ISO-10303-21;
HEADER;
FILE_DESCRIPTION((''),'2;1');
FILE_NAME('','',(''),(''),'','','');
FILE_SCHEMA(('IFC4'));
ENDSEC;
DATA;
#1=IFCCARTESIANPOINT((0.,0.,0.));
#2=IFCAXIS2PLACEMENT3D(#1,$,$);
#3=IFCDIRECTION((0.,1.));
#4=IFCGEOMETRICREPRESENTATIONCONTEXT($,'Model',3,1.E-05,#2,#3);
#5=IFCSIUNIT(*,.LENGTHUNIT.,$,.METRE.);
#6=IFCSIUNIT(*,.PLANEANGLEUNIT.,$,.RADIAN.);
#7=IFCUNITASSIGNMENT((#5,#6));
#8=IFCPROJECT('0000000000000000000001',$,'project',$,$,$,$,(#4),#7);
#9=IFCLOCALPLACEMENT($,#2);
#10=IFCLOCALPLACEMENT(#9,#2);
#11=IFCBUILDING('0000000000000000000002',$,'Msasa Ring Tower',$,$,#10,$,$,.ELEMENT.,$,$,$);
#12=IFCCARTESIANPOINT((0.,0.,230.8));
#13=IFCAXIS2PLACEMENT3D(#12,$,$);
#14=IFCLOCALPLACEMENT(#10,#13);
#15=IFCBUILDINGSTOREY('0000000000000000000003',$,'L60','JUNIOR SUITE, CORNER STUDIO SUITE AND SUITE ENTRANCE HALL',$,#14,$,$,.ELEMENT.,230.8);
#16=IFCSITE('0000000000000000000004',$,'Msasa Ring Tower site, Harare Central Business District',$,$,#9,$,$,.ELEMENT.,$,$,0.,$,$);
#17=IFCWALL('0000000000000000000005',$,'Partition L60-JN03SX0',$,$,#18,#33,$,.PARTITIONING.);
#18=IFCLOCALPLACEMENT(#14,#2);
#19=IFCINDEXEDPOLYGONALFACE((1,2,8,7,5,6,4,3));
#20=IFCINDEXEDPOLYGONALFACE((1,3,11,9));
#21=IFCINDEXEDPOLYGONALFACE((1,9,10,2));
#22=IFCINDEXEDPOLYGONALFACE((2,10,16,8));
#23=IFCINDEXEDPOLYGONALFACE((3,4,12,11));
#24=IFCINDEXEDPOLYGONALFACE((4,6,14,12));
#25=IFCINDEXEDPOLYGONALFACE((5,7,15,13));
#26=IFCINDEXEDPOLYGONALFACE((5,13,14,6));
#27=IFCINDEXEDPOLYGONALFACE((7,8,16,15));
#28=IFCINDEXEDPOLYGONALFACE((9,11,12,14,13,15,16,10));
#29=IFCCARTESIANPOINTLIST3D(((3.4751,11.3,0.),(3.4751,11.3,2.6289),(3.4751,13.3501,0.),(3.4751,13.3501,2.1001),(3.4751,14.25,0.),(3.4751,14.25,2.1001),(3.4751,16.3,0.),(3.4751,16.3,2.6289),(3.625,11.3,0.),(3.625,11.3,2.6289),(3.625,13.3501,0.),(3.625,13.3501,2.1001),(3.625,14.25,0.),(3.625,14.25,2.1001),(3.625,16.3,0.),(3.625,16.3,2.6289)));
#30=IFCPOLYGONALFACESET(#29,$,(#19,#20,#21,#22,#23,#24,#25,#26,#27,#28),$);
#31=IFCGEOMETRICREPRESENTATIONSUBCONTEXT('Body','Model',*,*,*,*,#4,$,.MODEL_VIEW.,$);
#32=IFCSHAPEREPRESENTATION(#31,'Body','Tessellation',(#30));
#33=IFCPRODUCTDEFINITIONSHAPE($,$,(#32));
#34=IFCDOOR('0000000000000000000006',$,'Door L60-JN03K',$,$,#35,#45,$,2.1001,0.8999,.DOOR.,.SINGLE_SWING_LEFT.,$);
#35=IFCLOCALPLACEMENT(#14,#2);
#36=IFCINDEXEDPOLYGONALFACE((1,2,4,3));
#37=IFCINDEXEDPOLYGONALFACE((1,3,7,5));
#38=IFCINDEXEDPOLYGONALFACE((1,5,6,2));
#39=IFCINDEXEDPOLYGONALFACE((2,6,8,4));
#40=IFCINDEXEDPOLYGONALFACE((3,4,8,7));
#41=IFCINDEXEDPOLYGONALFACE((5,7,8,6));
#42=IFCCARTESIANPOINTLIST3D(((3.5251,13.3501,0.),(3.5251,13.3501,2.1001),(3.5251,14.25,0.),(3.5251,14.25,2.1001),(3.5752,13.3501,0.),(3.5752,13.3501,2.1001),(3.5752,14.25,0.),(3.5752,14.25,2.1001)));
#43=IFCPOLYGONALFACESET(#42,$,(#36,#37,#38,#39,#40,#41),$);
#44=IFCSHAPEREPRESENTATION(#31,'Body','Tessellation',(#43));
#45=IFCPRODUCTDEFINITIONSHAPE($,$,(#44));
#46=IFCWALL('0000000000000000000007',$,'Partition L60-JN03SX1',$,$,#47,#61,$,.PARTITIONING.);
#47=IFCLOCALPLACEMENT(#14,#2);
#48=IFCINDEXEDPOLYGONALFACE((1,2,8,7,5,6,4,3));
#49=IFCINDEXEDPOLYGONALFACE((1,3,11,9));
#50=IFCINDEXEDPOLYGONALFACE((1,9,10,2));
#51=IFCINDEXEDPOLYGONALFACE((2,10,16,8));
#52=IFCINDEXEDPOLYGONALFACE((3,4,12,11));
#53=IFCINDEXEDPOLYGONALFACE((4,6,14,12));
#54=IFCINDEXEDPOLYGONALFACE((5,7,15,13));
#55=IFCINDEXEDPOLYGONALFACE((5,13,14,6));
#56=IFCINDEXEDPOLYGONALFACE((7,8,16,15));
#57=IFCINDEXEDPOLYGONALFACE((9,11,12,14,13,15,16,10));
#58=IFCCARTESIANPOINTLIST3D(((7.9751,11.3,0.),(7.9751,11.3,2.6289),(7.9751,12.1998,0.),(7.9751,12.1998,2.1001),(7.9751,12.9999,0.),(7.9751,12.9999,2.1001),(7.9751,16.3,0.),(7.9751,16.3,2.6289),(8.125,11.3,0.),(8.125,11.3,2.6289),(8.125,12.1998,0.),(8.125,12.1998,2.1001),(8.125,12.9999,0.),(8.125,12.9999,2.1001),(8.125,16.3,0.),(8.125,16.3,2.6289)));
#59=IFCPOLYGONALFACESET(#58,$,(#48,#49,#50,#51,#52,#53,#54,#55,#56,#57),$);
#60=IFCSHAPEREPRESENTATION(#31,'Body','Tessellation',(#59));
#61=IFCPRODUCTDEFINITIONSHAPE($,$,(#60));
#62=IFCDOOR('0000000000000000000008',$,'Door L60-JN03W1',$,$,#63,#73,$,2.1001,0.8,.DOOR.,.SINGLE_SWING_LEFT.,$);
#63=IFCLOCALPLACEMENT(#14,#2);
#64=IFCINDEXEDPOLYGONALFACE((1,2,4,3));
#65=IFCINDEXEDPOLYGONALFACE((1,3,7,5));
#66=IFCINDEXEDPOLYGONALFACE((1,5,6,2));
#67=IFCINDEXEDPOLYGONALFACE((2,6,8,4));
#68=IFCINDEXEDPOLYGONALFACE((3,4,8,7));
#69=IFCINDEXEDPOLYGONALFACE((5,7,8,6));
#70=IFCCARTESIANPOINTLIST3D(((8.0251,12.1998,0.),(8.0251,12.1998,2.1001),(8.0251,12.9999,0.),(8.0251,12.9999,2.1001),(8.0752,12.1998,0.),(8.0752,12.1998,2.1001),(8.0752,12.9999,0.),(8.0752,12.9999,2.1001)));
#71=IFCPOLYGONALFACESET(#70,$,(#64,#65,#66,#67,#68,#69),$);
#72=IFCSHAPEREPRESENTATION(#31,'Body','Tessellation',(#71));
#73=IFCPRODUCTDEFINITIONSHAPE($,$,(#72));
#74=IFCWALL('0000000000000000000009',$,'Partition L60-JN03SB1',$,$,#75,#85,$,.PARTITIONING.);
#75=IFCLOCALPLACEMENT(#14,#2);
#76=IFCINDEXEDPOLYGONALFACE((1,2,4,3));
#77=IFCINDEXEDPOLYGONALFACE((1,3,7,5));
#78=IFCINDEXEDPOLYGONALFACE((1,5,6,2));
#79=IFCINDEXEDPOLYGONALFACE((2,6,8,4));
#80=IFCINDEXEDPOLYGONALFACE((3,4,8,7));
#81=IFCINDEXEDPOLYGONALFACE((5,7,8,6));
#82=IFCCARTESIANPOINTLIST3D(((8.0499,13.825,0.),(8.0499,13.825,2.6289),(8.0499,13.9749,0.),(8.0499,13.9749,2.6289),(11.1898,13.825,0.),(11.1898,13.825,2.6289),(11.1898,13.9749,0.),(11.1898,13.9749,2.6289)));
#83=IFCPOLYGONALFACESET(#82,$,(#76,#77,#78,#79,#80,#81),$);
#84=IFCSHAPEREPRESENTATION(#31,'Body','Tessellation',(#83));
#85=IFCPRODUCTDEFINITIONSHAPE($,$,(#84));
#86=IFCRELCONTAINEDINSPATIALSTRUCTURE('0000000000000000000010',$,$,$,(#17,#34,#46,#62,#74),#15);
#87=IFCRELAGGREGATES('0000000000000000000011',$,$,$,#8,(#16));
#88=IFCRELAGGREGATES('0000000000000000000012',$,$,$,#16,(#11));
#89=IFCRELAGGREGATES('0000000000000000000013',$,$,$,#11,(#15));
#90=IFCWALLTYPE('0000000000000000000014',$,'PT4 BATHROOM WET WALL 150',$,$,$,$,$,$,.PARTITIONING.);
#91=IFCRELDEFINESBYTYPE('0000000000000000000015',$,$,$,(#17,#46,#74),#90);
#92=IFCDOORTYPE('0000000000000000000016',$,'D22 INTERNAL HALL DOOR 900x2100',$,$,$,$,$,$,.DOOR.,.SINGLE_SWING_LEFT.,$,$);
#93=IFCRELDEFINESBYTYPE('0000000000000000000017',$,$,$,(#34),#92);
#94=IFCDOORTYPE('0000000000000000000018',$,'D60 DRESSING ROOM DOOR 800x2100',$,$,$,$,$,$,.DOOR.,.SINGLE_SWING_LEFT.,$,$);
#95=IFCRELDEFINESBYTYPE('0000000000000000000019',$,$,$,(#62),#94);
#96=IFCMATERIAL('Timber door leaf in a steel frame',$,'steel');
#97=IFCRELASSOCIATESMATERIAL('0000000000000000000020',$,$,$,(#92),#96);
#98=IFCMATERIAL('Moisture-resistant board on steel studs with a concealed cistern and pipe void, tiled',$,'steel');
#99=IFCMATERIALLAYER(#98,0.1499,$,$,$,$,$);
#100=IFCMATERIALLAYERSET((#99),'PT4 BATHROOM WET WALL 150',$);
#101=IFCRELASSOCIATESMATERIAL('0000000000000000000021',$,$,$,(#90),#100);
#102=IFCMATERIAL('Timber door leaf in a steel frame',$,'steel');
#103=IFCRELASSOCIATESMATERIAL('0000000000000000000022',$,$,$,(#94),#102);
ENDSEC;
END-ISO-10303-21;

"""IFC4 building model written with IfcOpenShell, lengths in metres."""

from ifc_helpers import new_model, si_unit, direction, frame, frame_2d, origin, place, context, subcontext, project, spatial, rectangle, extrude, material, layer, layer_set, type_object, element, fill, save


model = new_model("IFC4")

# Units and contexts
model_context = context("Model", 3, precision=1e-05, world=origin(), true_north=direction((0.0, 1.0)))
body_context = subcontext(model_context, "Body", "Model", "MODEL_VIEW")
ifc_project = project(units=[si_unit("LENGTHUNIT", "METRE"), si_unit("PLANEANGLEUNIT", "RADIAN")], contexts=[model_context])

# Site, building, storey
site_placement = place(None, origin())
site = spatial("IfcSite", under=ifc_project, at=site_placement, Name="Msasa Ring Tower site, Harare Central Business District", CompositionType="ELEMENT", RefElevation=0.0)
building_placement = place(site_placement, origin())
building = spatial("IfcBuilding", under=site, at=building_placement, Name="Msasa Ring Tower", CompositionType="ELEMENT")
storey_placement = place(building_placement, frame((0.0, 0.0, 230.8)))
storey = spatial("IfcBuildingStorey", under=building, at=storey_placement, Name="L60", Description="JUNIOR SUITE, CORNER STUDIO SUITE AND SUITE ENTRANCE HALL", CompositionType="ELEMENT", Elevation=230.8)

# Shared definitions
ifc_material_1 = material(Name="Timber door leaf in a steel frame", Category="steel")
door_type_1 = type_object("IfcDoorType", Name="D22 INTERNAL HALL DOOR 900x2100", OperationType="SINGLE_SWING_LEFT", PredefinedType="DOOR", material=ifc_material_1)

# Walls, openings, doors
ifc_material_2 = material(Name="Moisture-resistant board on steel studs with a concealed cistern and pipe void, tiled", Category="steel")
ifc_layer_1 = layer(ifc_material_2, 0.1499)
ifc_layer_set_1 = layer_set([ifc_layer_1], Name="PT4 BATHROOM WET WALL 150")
wall_type_1 = type_object("IfcWallType", Name="PT4 BATHROOM WET WALL 150", PredefinedType="PARTITIONING", material=ifc_layer_set_1)
wall_1_placement = place(storey_placement, frame((3.55, 11.3, 0.0), z_axis=(0.0, 0.0, 1.0), x_axis=(0.0, 1.0, 0.0)))
wall_1 = element("IfcWall", 1, at=wall_1_placement, inside=storey, type_object=wall_type_1, Name="Partition L60-JN03SX0", PredefinedType="PARTITIONING", context=body_context, shape_type="SweptSolid", body=[
    extrude(rectangle(XDim=5.0, YDim=0.1499, at=frame_2d((2.5, 0.0))), origin(), (0.0, 0.0, 1.0), 2.6289),
])
opening_1_placement = place(wall_1_placement, frame((2.05, 0.0, 0.0)))
opening_1 = element("IfcOpeningElement", 2, at=opening_1_placement, cuts=wall_1, PredefinedType="OPENING", context=body_context, shape_type="SweptSolid", body=[
    extrude(rectangle(XDim=0.8999, YDim=2.1001, at=frame_2d((0.45, 1.05))), frame((0.0, 0.085, 0.0), z_axis=(0.0, -1.0, 0.0), x_axis=(1.0, 0.0, 0.0)), (0.0, 0.0, 1.0), 0.1699),
])
door_1_placement = place(opening_1_placement, origin())
door_1 = element("IfcDoor", 3, at=door_1_placement, inside=storey, type_object=door_type_1, Name="Door L60-JN03K", OperationType="SINGLE_SWING_LEFT", OverallHeight=2.1001, OverallWidth=0.8999, PredefinedType="DOOR", context=body_context, shape_type="SweptSolid", body=[
    extrude(rectangle(XDim=0.8999, YDim=2.1001, at=frame_2d((0.45, 1.05))), frame((0.0, 0.0249, 0.0), z_axis=(0.0, -1.0, 0.0), x_axis=(1.0, 0.0, 0.0)), (0.0, 0.0, 1.0), 0.05),
])
fill(opening_1, door_1)
wall_2_placement = place(storey_placement, frame((8.05, 11.3, 0.0), z_axis=(0.0, 0.0, 1.0), x_axis=(0.0, 1.0, 0.0)))
wall_2 = element("IfcWall", 4, at=wall_2_placement, inside=storey, type_object=wall_type_1, Name="Partition L60-JN03SX1", PredefinedType="PARTITIONING", context=body_context, shape_type="SweptSolid", body=[
    extrude(rectangle(XDim=5.0, YDim=0.1499, at=frame_2d((2.5, 0.0))), origin(), (0.0, 0.0, 1.0), 2.6289),
])
opening_2_placement = place(wall_2_placement, frame((0.8999, 0.0, 0.0)))
opening_2 = element("IfcOpeningElement", 5, at=opening_2_placement, cuts=wall_2, PredefinedType="OPENING", context=body_context, shape_type="SweptSolid", body=[
    extrude(rectangle(XDim=0.8, YDim=2.1001, at=frame_2d((0.3999, 1.05))), frame((0.0, 0.085, 0.0), z_axis=(0.0, -1.0, 0.0), x_axis=(1.0, 0.0, 0.0)), (0.0, 0.0, 1.0), 0.1699),
])
ifc_material_3 = material(Name="Timber door leaf in a steel frame", Category="steel")
door_type_2 = type_object("IfcDoorType", Name="D60 DRESSING ROOM DOOR 800x2100", OperationType="SINGLE_SWING_LEFT", PredefinedType="DOOR", material=ifc_material_3)
door_2_placement = place(opening_2_placement, origin())
door_2 = element("IfcDoor", 6, at=door_2_placement, inside=storey, type_object=door_type_2, Name="Door L60-JN03W1", OperationType="SINGLE_SWING_LEFT", OverallHeight=2.1001, OverallWidth=0.8, PredefinedType="DOOR", context=body_context, shape_type="SweptSolid", body=[
    extrude(rectangle(XDim=0.8, YDim=2.1001, at=frame_2d((0.3999, 1.05))), frame((0.0, 0.0249, 0.0), z_axis=(0.0, -1.0, 0.0), x_axis=(1.0, 0.0, 0.0)), (0.0, 0.0, 1.0), 0.05),
])
fill(opening_2, door_2)

# Wall
wall_3_placement = place(storey_placement, frame((8.05, 13.8999, 0.0), z_axis=(0.0, 0.0, 1.0), x_axis=(1.0, 0.0, 0.0)))
element("IfcWall", 7, at=wall_3_placement, inside=storey, type_object=wall_type_1, Name="Partition L60-JN03SB1", PredefinedType="PARTITIONING", context=body_context, shape_type="SweptSolid", body=[
    extrude(rectangle(XDim=3.1399, YDim=0.1499, at=frame_2d((1.5698, 0.0))), origin(), (0.0, 0.0, 1.0), 2.6289),
])

save(model, "model.ifc")
